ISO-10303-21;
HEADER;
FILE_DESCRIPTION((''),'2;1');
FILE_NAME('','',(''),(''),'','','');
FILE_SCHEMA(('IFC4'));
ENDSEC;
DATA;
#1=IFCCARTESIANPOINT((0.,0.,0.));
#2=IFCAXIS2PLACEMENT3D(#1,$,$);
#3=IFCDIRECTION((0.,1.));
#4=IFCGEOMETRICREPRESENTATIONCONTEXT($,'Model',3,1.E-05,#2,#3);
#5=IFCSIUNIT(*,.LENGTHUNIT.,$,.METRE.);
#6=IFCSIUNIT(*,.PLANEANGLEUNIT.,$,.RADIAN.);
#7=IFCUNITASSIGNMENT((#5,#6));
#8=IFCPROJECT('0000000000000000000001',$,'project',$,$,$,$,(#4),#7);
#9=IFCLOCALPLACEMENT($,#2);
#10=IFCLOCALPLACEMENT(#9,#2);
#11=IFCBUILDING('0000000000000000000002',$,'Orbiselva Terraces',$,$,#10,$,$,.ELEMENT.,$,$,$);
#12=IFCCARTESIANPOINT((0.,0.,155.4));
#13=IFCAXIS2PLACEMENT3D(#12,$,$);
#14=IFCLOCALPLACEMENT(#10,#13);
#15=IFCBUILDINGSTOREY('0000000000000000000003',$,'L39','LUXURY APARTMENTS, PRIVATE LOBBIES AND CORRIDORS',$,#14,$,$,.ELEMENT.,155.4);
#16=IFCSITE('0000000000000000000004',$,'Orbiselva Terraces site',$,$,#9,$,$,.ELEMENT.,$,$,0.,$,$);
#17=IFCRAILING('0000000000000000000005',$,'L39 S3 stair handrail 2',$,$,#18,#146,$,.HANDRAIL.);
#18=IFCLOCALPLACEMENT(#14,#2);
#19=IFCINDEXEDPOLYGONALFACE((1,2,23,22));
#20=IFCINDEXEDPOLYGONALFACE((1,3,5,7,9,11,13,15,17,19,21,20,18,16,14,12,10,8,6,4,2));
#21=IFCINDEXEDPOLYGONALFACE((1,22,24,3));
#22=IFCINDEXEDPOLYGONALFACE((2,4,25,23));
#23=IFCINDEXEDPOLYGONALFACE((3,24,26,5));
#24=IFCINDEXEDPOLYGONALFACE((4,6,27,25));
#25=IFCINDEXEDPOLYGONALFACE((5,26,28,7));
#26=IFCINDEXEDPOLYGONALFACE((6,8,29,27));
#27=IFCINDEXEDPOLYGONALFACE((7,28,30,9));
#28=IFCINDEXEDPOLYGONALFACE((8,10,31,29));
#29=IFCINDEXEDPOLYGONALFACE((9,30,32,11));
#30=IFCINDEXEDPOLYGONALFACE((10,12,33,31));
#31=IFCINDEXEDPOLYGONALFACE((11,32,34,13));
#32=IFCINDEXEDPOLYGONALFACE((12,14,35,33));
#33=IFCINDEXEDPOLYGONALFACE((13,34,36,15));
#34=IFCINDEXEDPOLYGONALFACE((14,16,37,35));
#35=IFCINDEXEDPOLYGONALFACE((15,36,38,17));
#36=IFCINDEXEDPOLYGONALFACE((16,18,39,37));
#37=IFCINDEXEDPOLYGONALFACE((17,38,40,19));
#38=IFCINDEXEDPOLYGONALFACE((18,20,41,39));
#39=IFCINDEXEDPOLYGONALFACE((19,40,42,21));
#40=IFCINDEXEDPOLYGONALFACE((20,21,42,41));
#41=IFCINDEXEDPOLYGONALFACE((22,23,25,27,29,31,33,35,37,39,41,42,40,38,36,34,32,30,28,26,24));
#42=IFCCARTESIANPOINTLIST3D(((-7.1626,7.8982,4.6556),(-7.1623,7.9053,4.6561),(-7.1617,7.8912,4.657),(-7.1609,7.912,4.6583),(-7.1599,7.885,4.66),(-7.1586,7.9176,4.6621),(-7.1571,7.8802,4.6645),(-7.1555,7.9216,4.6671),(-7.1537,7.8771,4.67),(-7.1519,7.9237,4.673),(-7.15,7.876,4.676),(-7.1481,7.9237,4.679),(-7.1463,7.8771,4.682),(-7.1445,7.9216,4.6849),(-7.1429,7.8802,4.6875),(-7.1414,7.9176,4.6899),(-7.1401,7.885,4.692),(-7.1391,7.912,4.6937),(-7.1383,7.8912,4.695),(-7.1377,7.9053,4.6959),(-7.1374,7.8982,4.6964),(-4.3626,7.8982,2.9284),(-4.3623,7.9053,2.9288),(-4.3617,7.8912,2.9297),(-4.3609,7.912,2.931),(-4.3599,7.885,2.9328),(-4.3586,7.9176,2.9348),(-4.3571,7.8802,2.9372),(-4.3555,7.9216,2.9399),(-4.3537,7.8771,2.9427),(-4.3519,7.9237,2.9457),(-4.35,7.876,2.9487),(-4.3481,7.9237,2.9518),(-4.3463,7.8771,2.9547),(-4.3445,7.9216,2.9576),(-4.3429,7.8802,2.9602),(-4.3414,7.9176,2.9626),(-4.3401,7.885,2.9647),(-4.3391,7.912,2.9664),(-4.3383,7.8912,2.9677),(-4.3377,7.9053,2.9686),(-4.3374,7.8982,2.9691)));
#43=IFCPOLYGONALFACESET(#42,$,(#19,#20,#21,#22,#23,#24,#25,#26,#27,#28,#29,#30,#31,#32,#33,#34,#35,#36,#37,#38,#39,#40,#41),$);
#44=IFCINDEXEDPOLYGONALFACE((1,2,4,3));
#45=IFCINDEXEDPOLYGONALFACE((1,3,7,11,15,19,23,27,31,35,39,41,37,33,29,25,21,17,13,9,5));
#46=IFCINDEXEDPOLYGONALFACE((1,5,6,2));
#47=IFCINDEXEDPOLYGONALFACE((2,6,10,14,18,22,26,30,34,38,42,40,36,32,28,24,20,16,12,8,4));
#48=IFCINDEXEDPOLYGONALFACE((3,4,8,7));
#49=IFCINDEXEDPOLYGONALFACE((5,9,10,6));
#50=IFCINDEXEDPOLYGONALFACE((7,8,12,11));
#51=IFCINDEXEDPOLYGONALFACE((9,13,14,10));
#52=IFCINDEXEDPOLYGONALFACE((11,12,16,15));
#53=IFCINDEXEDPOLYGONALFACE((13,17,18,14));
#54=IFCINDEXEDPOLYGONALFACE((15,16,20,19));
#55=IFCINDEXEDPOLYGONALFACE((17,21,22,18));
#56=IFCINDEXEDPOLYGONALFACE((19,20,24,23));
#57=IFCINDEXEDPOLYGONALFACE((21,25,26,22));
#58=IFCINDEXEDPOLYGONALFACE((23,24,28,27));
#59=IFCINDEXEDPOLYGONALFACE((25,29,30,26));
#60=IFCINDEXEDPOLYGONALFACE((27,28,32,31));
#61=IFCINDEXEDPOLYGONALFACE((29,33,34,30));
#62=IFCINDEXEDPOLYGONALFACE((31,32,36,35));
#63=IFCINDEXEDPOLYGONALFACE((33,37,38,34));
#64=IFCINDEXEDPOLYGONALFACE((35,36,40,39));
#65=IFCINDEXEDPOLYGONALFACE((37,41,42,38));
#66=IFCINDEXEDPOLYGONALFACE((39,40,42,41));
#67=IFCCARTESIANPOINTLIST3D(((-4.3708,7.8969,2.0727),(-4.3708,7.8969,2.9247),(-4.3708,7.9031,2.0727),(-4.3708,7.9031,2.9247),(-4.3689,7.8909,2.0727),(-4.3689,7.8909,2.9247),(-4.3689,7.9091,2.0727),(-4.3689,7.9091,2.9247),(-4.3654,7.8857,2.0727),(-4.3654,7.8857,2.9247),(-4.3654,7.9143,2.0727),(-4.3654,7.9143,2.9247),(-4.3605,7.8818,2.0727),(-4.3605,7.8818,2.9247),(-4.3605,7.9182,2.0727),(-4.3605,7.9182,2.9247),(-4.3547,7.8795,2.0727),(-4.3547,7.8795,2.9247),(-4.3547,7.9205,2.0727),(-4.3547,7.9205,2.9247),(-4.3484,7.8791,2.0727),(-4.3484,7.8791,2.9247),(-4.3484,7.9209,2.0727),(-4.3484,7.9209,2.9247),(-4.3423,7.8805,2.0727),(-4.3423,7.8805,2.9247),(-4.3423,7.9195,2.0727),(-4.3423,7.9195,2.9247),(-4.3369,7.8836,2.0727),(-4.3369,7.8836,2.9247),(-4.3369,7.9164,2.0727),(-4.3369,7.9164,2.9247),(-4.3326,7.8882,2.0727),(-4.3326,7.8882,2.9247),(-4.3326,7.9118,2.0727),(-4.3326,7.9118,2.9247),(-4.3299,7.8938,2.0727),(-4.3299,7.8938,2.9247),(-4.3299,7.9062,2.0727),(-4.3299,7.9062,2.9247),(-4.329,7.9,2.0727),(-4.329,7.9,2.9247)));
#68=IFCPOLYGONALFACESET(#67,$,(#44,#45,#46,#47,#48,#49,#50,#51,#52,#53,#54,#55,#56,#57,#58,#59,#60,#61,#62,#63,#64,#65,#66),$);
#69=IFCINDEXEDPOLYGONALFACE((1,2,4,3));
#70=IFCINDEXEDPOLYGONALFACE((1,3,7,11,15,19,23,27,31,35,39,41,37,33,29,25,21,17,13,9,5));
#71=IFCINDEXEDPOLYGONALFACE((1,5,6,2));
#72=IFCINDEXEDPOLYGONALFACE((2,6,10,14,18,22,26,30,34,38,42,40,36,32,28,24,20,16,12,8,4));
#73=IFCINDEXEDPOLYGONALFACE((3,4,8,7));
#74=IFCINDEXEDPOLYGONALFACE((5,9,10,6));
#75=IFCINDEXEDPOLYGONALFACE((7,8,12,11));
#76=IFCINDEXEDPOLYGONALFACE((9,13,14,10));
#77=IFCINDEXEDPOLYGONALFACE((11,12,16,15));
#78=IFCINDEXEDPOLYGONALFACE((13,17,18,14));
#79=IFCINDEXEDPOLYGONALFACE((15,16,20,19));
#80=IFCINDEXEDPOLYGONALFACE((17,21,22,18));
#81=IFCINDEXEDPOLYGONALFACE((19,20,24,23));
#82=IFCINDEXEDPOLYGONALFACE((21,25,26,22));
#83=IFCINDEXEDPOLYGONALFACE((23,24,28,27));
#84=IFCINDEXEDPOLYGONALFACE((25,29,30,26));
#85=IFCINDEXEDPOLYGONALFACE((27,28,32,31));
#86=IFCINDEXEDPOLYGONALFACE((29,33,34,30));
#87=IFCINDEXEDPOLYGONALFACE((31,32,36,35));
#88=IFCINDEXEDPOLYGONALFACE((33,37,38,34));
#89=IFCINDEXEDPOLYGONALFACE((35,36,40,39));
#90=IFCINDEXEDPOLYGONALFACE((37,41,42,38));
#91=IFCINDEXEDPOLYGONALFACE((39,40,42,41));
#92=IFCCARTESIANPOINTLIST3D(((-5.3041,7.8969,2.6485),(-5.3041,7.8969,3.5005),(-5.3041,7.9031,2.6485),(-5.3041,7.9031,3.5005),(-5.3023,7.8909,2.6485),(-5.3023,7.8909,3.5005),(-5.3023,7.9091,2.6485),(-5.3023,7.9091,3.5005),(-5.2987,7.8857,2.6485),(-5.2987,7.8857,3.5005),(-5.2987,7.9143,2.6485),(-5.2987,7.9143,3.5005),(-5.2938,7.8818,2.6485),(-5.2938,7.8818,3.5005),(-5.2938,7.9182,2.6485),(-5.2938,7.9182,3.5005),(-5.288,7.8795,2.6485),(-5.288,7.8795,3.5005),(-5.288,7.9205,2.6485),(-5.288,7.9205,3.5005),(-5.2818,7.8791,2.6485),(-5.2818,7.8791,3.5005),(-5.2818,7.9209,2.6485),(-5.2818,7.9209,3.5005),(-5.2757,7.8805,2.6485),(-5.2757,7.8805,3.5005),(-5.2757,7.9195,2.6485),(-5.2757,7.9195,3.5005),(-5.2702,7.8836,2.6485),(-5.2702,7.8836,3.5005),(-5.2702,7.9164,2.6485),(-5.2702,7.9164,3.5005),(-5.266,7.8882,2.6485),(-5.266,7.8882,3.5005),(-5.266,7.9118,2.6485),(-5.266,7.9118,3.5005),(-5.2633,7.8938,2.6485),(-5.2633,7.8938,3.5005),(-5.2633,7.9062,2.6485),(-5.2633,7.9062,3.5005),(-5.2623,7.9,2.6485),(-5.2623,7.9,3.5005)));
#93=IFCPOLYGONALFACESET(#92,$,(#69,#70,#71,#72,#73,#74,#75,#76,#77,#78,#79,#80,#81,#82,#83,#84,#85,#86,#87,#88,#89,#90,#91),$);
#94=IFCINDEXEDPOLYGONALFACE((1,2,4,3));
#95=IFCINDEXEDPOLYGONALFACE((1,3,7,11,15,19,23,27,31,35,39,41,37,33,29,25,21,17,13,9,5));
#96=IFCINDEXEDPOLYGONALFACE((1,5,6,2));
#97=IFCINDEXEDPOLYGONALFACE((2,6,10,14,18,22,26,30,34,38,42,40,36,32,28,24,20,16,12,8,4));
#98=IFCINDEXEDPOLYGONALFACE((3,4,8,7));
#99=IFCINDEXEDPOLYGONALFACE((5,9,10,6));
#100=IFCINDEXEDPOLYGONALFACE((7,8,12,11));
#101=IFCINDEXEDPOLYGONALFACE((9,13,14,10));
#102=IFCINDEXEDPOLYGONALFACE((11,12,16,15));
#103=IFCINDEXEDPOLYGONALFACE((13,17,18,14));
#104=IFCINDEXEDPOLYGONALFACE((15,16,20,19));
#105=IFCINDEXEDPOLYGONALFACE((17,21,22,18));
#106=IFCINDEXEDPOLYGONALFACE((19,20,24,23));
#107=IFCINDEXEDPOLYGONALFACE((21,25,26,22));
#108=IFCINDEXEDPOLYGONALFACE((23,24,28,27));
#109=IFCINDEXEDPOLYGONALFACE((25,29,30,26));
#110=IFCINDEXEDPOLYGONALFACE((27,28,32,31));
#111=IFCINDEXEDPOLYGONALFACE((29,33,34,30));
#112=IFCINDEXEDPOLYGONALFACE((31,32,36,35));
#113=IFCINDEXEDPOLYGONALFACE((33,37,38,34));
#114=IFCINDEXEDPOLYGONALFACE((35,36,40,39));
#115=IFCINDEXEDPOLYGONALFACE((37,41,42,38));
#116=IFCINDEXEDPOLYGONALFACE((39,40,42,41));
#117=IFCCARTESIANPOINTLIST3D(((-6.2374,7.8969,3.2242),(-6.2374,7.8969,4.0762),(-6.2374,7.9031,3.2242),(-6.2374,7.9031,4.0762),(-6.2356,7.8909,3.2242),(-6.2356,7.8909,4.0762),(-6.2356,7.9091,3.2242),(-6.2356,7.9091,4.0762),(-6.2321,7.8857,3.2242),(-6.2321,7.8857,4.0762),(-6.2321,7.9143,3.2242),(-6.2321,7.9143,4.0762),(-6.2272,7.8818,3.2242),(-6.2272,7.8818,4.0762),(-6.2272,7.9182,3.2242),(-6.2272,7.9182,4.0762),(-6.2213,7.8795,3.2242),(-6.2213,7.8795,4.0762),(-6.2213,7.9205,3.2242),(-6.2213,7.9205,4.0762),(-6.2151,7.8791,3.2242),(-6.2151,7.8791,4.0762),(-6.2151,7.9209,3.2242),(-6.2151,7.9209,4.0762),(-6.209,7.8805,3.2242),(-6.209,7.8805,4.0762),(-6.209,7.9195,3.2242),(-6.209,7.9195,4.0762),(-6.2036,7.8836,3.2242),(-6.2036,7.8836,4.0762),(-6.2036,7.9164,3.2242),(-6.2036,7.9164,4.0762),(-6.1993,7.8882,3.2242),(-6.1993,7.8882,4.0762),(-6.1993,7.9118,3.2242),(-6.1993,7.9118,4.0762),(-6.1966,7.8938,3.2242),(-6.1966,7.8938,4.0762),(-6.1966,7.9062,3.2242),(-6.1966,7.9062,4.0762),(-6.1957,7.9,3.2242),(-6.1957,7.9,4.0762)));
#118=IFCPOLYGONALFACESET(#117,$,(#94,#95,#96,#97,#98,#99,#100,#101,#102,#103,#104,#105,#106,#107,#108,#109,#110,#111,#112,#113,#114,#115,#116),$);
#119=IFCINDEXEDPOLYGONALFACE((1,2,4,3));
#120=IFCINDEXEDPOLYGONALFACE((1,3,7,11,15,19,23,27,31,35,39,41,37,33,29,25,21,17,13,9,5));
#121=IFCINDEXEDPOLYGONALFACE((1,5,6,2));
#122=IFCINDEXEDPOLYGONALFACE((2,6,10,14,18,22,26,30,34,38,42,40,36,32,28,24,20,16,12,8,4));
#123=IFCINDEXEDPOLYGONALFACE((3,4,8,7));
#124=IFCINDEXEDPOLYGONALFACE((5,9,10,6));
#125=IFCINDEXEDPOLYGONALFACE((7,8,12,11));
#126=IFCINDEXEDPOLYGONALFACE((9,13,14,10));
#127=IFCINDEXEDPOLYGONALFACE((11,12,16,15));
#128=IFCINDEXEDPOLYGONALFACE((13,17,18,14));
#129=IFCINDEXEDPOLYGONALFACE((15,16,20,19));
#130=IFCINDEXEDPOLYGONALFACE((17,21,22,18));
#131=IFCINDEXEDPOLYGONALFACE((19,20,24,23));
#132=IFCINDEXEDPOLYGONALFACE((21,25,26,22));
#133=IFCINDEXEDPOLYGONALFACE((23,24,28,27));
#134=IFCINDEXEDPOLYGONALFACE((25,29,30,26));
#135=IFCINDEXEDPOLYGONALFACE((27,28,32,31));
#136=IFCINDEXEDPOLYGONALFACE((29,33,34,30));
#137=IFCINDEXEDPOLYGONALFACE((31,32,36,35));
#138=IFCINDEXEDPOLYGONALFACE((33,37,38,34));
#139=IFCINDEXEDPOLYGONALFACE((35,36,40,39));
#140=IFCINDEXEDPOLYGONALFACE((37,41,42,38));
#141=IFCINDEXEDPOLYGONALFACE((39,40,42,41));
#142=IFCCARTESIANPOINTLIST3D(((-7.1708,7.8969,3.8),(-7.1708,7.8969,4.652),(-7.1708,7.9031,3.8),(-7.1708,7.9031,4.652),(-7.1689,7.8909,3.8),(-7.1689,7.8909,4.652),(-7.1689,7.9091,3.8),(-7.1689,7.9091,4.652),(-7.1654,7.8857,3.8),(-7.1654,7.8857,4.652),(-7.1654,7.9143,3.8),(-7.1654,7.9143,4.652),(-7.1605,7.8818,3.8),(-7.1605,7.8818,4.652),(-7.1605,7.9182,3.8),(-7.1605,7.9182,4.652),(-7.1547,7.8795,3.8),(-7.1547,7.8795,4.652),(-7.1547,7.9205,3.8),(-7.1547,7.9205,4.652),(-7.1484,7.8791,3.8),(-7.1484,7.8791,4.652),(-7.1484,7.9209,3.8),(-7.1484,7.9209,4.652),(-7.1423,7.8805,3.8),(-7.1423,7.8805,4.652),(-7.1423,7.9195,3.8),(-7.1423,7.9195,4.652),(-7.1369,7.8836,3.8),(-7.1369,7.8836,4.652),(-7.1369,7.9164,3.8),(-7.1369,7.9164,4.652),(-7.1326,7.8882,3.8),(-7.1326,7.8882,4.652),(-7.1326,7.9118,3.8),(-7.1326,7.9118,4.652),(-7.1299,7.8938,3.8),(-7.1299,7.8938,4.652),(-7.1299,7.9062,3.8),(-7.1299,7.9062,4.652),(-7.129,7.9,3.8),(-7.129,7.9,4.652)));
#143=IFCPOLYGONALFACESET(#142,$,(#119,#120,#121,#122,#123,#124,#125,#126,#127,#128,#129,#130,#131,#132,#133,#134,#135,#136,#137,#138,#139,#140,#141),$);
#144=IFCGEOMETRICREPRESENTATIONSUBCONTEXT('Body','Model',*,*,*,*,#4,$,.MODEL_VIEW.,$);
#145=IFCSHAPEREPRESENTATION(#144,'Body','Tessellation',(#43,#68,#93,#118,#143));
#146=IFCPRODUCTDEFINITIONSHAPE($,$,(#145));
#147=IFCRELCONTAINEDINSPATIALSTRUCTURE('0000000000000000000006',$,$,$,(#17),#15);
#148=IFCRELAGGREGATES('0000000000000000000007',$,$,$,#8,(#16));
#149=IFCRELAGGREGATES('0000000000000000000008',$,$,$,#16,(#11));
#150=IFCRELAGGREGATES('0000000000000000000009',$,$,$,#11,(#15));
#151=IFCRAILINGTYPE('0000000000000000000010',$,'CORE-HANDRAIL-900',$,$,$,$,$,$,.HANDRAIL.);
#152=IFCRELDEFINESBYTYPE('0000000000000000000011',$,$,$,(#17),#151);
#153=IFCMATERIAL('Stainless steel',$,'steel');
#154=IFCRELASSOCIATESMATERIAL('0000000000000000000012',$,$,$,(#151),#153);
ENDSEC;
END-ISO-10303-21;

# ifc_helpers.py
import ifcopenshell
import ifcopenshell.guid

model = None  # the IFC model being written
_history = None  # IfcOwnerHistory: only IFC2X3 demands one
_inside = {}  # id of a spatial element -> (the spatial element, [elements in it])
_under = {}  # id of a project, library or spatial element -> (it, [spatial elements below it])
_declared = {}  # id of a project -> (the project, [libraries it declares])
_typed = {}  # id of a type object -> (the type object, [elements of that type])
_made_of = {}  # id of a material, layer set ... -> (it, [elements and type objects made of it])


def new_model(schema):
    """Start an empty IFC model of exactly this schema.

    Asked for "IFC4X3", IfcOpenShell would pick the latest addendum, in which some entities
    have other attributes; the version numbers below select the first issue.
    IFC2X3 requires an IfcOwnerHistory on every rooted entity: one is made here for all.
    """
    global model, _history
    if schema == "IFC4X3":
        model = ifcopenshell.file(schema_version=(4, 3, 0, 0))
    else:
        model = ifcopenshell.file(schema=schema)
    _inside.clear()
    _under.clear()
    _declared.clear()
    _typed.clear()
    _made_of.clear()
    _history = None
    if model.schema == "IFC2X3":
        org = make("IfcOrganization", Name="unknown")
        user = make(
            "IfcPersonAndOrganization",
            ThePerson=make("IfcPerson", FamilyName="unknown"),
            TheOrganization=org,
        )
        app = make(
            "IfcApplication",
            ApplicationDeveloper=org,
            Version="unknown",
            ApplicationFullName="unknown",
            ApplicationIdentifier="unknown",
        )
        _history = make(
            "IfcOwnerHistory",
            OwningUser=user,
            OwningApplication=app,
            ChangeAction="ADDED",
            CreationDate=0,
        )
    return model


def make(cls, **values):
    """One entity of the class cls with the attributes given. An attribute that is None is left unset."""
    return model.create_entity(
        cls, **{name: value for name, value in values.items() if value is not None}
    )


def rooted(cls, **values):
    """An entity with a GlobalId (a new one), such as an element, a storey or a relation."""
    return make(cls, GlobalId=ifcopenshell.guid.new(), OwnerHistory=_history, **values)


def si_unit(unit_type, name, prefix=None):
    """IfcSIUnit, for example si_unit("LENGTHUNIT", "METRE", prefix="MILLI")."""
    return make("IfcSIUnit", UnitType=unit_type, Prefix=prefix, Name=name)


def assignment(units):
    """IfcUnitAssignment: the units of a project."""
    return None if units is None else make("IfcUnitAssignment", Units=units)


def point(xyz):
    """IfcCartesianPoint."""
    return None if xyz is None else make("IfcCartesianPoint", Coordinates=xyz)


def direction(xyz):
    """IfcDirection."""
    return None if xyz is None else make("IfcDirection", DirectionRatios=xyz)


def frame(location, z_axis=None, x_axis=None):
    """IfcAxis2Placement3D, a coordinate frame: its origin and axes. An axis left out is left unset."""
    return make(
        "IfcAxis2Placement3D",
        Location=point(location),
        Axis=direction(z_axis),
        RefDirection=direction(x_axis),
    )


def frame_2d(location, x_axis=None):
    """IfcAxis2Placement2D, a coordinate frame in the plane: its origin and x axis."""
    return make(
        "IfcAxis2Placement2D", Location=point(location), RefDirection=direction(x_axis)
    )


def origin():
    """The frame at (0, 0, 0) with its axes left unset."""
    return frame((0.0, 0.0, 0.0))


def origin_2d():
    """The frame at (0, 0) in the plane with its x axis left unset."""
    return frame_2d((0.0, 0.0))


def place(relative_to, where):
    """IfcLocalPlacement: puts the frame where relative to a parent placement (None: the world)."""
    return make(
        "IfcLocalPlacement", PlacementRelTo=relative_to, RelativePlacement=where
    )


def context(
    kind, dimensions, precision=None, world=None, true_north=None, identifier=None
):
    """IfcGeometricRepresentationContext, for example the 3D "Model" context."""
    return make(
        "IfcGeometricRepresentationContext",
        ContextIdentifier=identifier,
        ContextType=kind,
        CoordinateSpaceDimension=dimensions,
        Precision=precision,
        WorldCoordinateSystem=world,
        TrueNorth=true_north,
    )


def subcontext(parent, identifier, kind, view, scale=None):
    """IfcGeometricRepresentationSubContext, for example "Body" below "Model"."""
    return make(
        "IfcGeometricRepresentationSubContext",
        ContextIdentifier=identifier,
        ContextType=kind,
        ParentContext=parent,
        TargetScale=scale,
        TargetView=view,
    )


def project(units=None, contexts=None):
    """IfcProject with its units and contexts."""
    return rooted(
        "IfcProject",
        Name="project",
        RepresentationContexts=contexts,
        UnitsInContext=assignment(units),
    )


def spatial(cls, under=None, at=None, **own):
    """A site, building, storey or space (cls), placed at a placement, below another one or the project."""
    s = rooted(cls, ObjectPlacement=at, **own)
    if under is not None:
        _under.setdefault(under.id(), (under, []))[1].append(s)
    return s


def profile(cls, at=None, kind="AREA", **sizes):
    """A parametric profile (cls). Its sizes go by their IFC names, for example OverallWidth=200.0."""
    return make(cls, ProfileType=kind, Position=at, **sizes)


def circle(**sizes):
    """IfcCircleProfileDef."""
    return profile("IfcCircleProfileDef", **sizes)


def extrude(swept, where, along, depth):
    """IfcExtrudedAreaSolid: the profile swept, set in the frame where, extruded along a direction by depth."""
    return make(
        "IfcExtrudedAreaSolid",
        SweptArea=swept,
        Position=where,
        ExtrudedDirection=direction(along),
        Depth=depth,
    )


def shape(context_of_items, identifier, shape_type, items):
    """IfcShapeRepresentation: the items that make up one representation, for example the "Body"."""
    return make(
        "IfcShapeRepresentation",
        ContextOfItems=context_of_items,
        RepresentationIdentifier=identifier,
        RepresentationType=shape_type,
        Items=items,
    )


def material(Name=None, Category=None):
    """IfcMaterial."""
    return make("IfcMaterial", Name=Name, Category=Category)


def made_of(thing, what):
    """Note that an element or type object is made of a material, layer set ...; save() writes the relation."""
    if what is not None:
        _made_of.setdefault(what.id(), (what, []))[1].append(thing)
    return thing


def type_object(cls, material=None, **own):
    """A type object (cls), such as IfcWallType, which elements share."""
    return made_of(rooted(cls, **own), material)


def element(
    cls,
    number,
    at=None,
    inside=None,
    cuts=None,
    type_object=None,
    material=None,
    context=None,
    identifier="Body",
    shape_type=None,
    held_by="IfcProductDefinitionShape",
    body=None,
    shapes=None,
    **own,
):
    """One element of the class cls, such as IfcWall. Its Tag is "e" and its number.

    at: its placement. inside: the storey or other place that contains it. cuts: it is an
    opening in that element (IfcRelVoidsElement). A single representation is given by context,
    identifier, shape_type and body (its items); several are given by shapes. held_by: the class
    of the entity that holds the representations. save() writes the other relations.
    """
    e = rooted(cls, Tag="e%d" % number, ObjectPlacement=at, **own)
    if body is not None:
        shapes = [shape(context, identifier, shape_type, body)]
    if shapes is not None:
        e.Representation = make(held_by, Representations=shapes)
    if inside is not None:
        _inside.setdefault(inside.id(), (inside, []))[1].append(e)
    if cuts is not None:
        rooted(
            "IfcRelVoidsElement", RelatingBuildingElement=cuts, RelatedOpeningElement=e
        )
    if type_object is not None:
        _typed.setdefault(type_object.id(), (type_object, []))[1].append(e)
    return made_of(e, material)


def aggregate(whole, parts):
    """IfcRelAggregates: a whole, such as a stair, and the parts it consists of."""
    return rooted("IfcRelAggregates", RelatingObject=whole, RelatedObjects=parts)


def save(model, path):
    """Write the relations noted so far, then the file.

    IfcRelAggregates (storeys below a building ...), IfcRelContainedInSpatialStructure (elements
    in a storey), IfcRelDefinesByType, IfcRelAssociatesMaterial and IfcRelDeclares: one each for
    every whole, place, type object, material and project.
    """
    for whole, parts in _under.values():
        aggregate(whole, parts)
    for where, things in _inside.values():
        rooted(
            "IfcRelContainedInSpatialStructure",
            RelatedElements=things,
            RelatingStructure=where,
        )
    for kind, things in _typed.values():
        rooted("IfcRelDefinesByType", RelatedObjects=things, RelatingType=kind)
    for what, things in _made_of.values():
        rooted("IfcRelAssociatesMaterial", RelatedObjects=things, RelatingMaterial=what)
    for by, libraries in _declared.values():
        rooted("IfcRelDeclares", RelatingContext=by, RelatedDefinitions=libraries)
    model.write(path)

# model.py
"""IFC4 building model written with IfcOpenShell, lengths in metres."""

from ifc_helpers import new_model, si_unit, direction, frame, origin, origin_2d, place, context, subcontext, project, spatial, circle, extrude, material, type_object, element, save


model = new_model("IFC4")

# Units and contexts
model_context = context("Model", 3, precision=1e-05, world=origin(), true_north=direction((0.0, 1.0)))
body_context = subcontext(model_context, "Body", "Model", "MODEL_VIEW")
ifc_project = project(units=[si_unit("LENGTHUNIT", "METRE"), si_unit("PLANEANGLEUNIT", "RADIAN")], contexts=[model_context])

# Site, building, storey
site_placement = place(None, origin())
site = spatial("IfcSite", under=ifc_project, at=site_placement, Name="Orbiselva Terraces site", CompositionType="ELEMENT", RefElevation=0.0)
building_placement = place(site_placement, origin())
building = spatial("IfcBuilding", under=site, at=building_placement, Name="Orbiselva Terraces", CompositionType="ELEMENT")
storey_placement = place(building_placement, frame((0.0, 0.0, 155.4)))
storey = spatial("IfcBuildingStorey", under=building, at=storey_placement, Name="L39", Description="LUXURY APARTMENTS, PRIVATE LOBBIES AND CORRIDORS", CompositionType="ELEMENT", Elevation=155.4)

# Railing
ifc_material_1 = material(Name="Stainless steel", Category="steel")
railing_type_1 = type_object("IfcRailingType", Name="CORE-HANDRAIL-900", PredefinedType="HANDRAIL", material=ifc_material_1)
railing_1_placement = place(storey_placement, frame((-4.35, 7.9, 2.0727)))
element("IfcRailing", 1, at=railing_1_placement, inside=storey, type_object=railing_type_1, Name="L39 S3 stair handrail 2", PredefinedType="HANDRAIL", context=body_context, shape_type="SweptSolid", body=[
    extrude(circle(Radius=0.024, at=origin_2d()), frame((0.0, 0.0, 0.876), z_axis=(-0.851089, 0.0, 0.525022), x_axis=(0.0, -1.0, 0.0)), (0.0, 0.0, 1.0), 3.2899),
    extrude(circle(Radius=0.021, at=origin_2d()), origin(), (0.0, 0.0, 1.0), 0.852),
    extrude(circle(Radius=0.021, at=origin_2d()), frame((-0.9333, 0.0, 0.5758)), (0.0, 0.0, 1.0), 0.852),
    extrude(circle(Radius=0.021, at=origin_2d()), frame((-1.8667, 0.0, 1.1515)), (0.0, 0.0, 1.0), 0.852),
    extrude(circle(Radius=0.021, at=origin_2d()), frame((-2.8, 0.0, 1.7273)), (0.0, 0.0, 1.0), 0.852),
])

save(model, "model.ifc")
